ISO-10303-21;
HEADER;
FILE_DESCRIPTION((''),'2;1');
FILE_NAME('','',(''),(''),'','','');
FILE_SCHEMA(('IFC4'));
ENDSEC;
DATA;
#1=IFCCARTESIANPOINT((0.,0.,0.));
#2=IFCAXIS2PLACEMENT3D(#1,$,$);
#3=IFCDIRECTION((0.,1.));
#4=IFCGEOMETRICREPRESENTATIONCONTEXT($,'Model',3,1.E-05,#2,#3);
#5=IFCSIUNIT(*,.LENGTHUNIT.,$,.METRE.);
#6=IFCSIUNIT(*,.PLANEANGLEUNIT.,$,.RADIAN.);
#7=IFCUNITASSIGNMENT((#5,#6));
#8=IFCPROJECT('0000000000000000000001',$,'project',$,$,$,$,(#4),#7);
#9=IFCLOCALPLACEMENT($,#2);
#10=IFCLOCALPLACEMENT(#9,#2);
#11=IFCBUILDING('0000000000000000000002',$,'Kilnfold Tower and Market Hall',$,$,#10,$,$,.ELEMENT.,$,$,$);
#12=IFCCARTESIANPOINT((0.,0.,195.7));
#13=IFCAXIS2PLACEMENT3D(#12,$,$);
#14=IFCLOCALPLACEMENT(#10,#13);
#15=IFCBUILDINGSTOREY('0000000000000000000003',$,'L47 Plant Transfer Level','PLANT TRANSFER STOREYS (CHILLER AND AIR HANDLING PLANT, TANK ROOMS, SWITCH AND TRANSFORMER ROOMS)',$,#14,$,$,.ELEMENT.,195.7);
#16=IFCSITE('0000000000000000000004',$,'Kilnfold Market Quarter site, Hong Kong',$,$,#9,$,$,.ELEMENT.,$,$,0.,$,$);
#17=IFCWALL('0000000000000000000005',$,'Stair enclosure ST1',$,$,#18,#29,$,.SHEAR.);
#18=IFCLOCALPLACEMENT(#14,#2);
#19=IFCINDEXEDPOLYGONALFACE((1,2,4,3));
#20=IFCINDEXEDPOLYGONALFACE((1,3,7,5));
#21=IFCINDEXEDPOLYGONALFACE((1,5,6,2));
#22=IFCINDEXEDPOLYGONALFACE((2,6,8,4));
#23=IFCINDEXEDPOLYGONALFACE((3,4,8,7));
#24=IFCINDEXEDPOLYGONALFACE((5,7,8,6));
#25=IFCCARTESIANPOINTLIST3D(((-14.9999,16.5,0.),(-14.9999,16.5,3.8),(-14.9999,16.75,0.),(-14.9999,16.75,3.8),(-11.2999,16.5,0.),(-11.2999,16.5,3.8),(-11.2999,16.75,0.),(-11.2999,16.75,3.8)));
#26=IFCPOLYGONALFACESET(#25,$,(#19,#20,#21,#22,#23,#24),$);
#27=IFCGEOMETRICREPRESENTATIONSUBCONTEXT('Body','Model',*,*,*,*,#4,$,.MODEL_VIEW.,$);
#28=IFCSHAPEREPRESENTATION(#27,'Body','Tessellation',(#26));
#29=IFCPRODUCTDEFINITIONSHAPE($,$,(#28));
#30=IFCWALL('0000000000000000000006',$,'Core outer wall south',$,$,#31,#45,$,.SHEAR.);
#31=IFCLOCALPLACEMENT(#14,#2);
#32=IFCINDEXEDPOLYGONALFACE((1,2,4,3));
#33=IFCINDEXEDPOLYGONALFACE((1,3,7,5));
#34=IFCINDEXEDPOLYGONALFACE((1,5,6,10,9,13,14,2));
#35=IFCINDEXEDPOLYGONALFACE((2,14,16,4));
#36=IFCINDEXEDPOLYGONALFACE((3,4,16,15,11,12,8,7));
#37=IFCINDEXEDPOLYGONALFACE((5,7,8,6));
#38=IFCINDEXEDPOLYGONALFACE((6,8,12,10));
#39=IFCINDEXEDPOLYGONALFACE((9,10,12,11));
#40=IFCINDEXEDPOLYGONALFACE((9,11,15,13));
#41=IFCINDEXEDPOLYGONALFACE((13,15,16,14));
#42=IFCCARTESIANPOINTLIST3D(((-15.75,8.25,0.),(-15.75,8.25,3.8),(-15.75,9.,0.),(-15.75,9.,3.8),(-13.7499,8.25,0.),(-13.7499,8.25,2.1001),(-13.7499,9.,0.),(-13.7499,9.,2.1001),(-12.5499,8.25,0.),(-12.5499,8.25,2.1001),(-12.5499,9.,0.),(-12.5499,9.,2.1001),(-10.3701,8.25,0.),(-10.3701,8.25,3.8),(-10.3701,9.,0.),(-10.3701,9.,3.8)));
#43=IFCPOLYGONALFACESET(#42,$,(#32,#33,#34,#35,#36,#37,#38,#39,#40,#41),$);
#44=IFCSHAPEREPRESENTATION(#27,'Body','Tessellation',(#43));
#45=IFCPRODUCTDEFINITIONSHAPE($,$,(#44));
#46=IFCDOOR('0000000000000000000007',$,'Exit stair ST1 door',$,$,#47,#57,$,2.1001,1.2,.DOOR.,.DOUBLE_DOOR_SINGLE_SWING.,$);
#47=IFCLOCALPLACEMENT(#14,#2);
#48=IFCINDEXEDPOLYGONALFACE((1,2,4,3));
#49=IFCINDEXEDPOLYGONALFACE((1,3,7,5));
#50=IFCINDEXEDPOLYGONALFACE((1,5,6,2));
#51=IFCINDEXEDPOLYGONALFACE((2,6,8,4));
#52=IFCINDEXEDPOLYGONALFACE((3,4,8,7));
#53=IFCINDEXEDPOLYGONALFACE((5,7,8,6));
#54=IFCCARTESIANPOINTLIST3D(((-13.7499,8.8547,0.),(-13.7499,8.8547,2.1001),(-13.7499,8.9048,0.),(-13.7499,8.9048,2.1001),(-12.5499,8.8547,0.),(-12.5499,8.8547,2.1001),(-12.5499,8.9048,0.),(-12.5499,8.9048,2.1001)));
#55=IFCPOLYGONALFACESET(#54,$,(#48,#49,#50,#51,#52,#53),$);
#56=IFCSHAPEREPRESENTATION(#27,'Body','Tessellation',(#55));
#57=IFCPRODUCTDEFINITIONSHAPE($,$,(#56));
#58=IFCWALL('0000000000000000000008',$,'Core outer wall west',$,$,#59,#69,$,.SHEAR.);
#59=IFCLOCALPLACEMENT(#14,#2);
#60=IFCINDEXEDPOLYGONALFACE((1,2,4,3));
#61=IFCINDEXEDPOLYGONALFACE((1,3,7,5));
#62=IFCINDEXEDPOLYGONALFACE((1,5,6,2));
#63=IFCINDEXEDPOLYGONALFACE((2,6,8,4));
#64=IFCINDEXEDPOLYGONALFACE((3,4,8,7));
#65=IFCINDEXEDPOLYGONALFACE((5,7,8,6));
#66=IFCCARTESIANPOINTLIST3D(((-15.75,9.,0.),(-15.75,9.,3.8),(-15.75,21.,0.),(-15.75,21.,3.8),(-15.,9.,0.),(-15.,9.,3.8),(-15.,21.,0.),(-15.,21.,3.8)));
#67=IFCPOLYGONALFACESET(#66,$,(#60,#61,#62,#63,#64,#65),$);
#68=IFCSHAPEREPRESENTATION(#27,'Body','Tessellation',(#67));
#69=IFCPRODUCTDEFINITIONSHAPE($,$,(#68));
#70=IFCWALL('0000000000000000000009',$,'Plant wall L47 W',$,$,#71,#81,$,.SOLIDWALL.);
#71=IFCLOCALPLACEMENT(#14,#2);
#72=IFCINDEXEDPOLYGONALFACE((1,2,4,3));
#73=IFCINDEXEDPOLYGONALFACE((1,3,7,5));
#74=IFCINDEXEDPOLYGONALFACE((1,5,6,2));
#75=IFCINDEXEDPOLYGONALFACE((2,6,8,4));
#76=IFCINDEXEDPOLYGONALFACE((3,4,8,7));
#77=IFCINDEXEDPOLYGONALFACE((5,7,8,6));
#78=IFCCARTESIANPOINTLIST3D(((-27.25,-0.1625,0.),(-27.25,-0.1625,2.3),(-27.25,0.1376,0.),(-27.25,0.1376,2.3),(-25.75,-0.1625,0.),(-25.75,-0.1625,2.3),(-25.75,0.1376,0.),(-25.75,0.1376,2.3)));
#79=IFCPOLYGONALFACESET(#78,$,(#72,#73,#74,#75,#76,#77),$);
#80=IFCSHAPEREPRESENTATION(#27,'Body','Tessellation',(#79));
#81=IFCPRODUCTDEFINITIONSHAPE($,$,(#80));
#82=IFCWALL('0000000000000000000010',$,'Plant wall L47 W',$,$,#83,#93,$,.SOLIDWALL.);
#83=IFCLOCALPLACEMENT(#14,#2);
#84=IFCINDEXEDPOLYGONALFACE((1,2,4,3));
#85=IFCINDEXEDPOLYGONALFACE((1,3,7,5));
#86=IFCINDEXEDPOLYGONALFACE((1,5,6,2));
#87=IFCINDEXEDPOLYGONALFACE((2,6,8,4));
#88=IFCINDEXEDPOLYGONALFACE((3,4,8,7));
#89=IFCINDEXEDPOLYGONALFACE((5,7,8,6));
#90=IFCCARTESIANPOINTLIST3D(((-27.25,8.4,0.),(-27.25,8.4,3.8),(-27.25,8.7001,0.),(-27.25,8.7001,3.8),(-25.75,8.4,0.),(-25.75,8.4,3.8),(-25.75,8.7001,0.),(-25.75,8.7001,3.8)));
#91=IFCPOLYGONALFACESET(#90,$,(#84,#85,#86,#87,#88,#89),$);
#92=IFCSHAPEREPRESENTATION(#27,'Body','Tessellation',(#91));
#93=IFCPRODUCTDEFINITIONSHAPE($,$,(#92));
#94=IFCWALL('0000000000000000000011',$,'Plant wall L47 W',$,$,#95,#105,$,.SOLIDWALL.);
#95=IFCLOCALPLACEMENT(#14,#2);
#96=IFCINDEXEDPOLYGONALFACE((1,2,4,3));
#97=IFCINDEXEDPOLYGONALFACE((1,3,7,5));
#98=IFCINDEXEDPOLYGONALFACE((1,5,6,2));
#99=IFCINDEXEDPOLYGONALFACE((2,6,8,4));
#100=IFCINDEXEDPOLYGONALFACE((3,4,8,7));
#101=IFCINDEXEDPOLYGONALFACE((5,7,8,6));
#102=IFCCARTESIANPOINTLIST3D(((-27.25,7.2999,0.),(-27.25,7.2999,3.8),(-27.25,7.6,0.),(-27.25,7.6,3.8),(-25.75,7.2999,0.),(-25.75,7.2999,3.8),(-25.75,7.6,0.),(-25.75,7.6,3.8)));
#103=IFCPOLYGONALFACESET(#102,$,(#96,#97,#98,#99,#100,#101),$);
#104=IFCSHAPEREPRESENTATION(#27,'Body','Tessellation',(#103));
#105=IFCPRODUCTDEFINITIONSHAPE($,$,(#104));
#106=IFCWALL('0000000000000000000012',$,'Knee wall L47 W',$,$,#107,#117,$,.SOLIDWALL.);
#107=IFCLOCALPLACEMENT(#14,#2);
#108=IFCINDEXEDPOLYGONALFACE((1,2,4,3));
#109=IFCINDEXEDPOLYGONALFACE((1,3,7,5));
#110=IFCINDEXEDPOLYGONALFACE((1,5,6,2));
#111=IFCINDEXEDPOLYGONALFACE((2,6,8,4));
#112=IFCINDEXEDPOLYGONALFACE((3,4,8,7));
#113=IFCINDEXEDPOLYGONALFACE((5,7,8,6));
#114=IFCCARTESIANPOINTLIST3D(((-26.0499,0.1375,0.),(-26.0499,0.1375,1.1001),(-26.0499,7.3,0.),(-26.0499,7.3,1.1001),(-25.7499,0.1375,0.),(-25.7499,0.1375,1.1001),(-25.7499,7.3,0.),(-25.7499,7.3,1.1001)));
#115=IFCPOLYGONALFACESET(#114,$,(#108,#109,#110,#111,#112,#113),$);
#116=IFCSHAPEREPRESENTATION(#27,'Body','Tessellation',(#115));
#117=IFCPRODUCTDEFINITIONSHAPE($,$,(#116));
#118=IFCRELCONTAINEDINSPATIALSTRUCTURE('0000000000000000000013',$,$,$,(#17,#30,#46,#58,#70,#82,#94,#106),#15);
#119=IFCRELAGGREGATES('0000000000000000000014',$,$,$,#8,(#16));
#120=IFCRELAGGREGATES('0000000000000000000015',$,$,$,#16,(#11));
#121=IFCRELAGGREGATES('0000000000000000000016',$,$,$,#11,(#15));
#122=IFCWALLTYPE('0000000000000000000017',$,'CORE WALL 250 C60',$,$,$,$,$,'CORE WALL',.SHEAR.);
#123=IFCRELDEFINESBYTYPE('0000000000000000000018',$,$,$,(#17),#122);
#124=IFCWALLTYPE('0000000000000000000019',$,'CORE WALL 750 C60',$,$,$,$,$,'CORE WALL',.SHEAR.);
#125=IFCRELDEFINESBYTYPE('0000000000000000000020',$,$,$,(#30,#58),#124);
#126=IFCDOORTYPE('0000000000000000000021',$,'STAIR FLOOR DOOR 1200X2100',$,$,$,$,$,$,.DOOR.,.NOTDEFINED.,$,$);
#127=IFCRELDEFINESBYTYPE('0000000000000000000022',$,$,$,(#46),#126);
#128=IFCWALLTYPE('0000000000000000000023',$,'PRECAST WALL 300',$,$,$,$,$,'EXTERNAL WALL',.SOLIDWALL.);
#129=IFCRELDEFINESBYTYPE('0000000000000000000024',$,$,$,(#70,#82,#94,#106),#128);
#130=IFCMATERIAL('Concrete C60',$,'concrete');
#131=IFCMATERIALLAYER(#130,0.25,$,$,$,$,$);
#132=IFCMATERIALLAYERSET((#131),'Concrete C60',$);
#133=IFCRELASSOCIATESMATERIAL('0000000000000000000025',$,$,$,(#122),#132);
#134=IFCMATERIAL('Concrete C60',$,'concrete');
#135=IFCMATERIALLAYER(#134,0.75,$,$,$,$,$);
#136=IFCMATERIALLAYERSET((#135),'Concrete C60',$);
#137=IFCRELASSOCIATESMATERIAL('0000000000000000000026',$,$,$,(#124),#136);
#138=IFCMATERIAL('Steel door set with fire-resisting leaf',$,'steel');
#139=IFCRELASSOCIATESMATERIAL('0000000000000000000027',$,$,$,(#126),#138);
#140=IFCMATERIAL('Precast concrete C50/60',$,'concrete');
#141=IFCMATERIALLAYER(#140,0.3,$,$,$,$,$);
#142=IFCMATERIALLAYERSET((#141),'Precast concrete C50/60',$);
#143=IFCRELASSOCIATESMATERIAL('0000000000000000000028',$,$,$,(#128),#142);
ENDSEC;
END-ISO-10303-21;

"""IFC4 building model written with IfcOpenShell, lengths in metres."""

from ifc_helpers import new_model, si_unit, direction, frame, frame_2d, origin, place, context, subcontext, project, spatial, rectangle, extrude, source, transform, mapped, material, layer, layer_set, type_object, element, fill, save


model = new_model("IFC4")

# Units and contexts
model_context = context("Model", 3, precision=1e-05, world=origin(), true_north=direction((0.0, 1.0)))
body_context = subcontext(model_context, "Body", "Model", "MODEL_VIEW")
ifc_project = project(units=[si_unit("LENGTHUNIT", "METRE"), si_unit("PLANEANGLEUNIT", "RADIAN")], contexts=[model_context])

# Site, building, storey
site_placement = place(None, origin())
site = spatial("IfcSite", under=ifc_project, at=site_placement, Name="Kilnfold Market Quarter site, Hong Kong", CompositionType="ELEMENT", RefElevation=0.0)
building_placement = place(site_placement, origin())
building = spatial("IfcBuilding", under=site, at=building_placement, Name="Kilnfold Tower and Market Hall", CompositionType="ELEMENT")
storey_placement = place(building_placement, frame((0.0, 0.0, 195.7)))
storey = spatial("IfcBuildingStorey", under=building, at=storey_placement, Name="L47 Plant Transfer Level", Description="PLANT TRANSFER STOREYS (CHILLER AND AIR HANDLING PLANT, TANK ROOMS, SWITCH AND TRANSFORMER ROOMS)", CompositionType="ELEMENT", Elevation=195.7)

# Wall
ifc_material_1 = material(Name="Concrete C60", Category="concrete")
ifc_layer_1 = layer(ifc_material_1, 0.25)
ifc_layer_set_1 = layer_set([ifc_layer_1], Name="Concrete C60")
wall_type_1 = type_object("IfcWallType", Name="CORE WALL 250 C60", ElementType="CORE WALL", PredefinedType="SHEAR", material=ifc_layer_set_1)
shared_shape_1 = source(origin(), body_context, "Body", "SweptSolid", [
    extrude(rectangle(XDim=3.7, YDim=0.25, at=frame_2d((1.8501, 0.0))), origin(), (0.0, 0.0, 1.0), 3.8),
])
wall_1_placement = place(storey_placement, frame((-15.0, 16.625, 0.0), z_axis=(0.0, 0.0, 1.0), x_axis=(1.0, 0.0, 0.0)))
element("IfcWall", 1, at=wall_1_placement, inside=storey, type_object=wall_type_1, Name="Stair enclosure ST1", PredefinedType="SHEAR", context=body_context, shape_type="MappedRepresentation", body=[
    mapped(shared_shape_1, transform((0.0, 0.0, 0.0))),
])

# Wall, opening, door
ifc_material_2 = material(Name="Concrete C60", Category="concrete")
ifc_layer_2 = layer(ifc_material_2, 0.75)
ifc_layer_set_2 = layer_set([ifc_layer_2], Name="Concrete C60")
wall_type_2 = type_object("IfcWallType", Name="CORE WALL 750 C60", ElementType="CORE WALL", PredefinedType="SHEAR", material=ifc_layer_set_2)
shared_shape_2 = source(origin(), body_context, "Body", "SweptSolid", [
    extrude(rectangle(XDim=5.3799, YDim=0.75, at=frame_2d((2.6899, 0.0))), origin(), (0.0, 0.0, 1.0), 3.8),
])
wall_2_placement = place(storey_placement, frame((-15.75, 8.625, 0.0), z_axis=(0.0, 0.0, 1.0), x_axis=(1.0, 0.0, 0.0)))
wall_2 = element("IfcWall", 2, at=wall_2_placement, inside=storey, type_object=wall_type_2, Name="Core outer wall south", PredefinedType="SHEAR", context=body_context, shape_type="MappedRepresentation", body=[
    mapped(shared_shape_2, transform((0.0, 0.0, 0.0))),
])
opening_1_placement = place(wall_2_placement, frame((2.0, 0.0, 0.0)))
opening_1 = element("IfcOpeningElement", 3, at=opening_1_placement, cuts=wall_2, PredefinedType="OPENING", context=body_context, shape_type="SweptSolid", body=[
    extrude(rectangle(XDim=1.2, YDim=2.1001, at=frame_2d((0.6001, 1.05))), frame((0.0, 0.385, 0.0), z_axis=(0.0, -1.0, 0.0), x_axis=(1.0, 0.0, 0.0)), (0.0, 0.0, 1.0), 0.77),
])
ifc_material_3 = material(Name="Steel door set with fire-resisting leaf", Category="steel")
door_type_1 = type_object("IfcDoorType", Name="STAIR FLOOR DOOR 1200X2100", OperationType="NOTDEFINED", PredefinedType="DOOR", material=ifc_material_3)
door_1_placement = place(opening_1_placement, origin())
door_1 = element("IfcDoor", 4, at=door_1_placement, inside=storey, type_object=door_type_1, Name="Exit stair ST1 door", OperationType="DOUBLE_DOOR_SINGLE_SWING", OverallHeight=2.1001, OverallWidth=1.2, PredefinedType="DOOR", context=body_context, shape_type="SweptSolid", body=[
    extrude(rectangle(XDim=1.2, YDim=2.1001, at=frame_2d((0.6001, 1.05))), frame((0.0, 0.2798, 0.0), z_axis=(0.0, -1.0, 0.0), x_axis=(1.0, 0.0, 0.0)), (0.0, 0.0, 1.0), 0.05),
])
fill(opening_1, door_1)

# Walls
shared_shape_3 = source(origin(), body_context, "Body", "SweptSolid", [
    extrude(rectangle(XDim=12.0, YDim=0.75, at=frame_2d((6.0, 0.0))), origin(), (0.0, 0.0, 1.0), 3.8),
])
wall_3_placement = place(storey_placement, frame((-15.375, 9.0, 0.0), z_axis=(0.0, 0.0, 1.0), x_axis=(0.0, 1.0, 0.0)))
element("IfcWall", 5, at=wall_3_placement, inside=storey, type_object=wall_type_2, Name="Core outer wall west", PredefinedType="SHEAR", context=body_context, shape_type="MappedRepresentation", body=[
    mapped(shared_shape_3, transform((0.0, 0.0, 0.0))),
])
ifc_material_4 = material(Name="Precast concrete C50/60", Category="concrete")
ifc_layer_3 = layer(ifc_material_4, 0.3)
ifc_layer_set_3 = layer_set([ifc_layer_3], Name="Precast concrete C50/60")
wall_type_3 = type_object("IfcWallType", Name="PRECAST WALL 300", ElementType="EXTERNAL WALL", PredefinedType="SOLIDWALL", material=ifc_layer_set_3)
shared_shape_4 = source(origin(), body_context, "Body", "SweptSolid", [
    extrude(rectangle(XDim=1.5, YDim=0.3, at=frame_2d((0.75, 0.0))), origin(), (0.0, 0.0, 1.0), 2.3),
])
wall_4_placement = place(storey_placement, frame((-27.25, -0.0125, 0.0), z_axis=(0.0, 0.0, 1.0), x_axis=(1.0, 0.0, 0.0)))
element("IfcWall", 6, at=wall_4_placement, inside=storey, type_object=wall_type_3, Name="Plant wall L47 W", PredefinedType="SOLIDWALL", context=body_context, shape_type="MappedRepresentation", body=[
    mapped(shared_shape_4, transform((0.0, 0.0, 0.0))),
])
shared_shape_5 = source(origin(), body_context, "Body", "SweptSolid", [
    extrude(rectangle(XDim=1.5, YDim=0.3, at=frame_2d((0.75, 0.0))), origin(), (0.0, 0.0, 1.0), 3.8),
])
for number, where, z_axis, x_axis, name in (
    (7, (-27.25, 8.55, 0.0), (0.0, 0.0, 1.0), (1.0, 0.0, 0.0), "Plant wall L47 W"),
    (8, (-27.25, 7.45, 0.0), (0.0, 0.0, 1.0), (1.0, 0.0, 0.0), "Plant wall L47 W"),
):
    element("IfcWall", number, at=place(storey_placement, frame(where, z_axis=z_axis, x_axis=x_axis)), inside=storey, type_object=wall_type_3, Name=name, PredefinedType="SOLIDWALL", context=body_context, shape_type="MappedRepresentation", body=[
        mapped(shared_shape_5, transform((0.0, 0.0, 0.0))),
    ])
shared_shape_6 = source(origin(), body_context, "Body", "SweptSolid", [
    extrude(rectangle(XDim=7.1626, YDim=0.3, at=frame_2d((3.5813, 0.0))), origin(), (0.0, 0.0, 1.0), 1.1001),
])
wall_5_placement = place(storey_placement, frame((-25.8999, 7.3, 0.0), z_axis=(0.0, 0.0, 1.0), x_axis=(0.0, -1.0, 0.0)))
element("IfcWall", 9, at=wall_5_placement, inside=storey, type_object=wall_type_3, Name="Knee wall L47 W", PredefinedType="SOLIDWALL", context=body_context, shape_type="MappedRepresentation", body=[
    mapped(shared_shape_6, transform((0.0, 0.0, 0.0))),
])

save(model, "model.ifc")
